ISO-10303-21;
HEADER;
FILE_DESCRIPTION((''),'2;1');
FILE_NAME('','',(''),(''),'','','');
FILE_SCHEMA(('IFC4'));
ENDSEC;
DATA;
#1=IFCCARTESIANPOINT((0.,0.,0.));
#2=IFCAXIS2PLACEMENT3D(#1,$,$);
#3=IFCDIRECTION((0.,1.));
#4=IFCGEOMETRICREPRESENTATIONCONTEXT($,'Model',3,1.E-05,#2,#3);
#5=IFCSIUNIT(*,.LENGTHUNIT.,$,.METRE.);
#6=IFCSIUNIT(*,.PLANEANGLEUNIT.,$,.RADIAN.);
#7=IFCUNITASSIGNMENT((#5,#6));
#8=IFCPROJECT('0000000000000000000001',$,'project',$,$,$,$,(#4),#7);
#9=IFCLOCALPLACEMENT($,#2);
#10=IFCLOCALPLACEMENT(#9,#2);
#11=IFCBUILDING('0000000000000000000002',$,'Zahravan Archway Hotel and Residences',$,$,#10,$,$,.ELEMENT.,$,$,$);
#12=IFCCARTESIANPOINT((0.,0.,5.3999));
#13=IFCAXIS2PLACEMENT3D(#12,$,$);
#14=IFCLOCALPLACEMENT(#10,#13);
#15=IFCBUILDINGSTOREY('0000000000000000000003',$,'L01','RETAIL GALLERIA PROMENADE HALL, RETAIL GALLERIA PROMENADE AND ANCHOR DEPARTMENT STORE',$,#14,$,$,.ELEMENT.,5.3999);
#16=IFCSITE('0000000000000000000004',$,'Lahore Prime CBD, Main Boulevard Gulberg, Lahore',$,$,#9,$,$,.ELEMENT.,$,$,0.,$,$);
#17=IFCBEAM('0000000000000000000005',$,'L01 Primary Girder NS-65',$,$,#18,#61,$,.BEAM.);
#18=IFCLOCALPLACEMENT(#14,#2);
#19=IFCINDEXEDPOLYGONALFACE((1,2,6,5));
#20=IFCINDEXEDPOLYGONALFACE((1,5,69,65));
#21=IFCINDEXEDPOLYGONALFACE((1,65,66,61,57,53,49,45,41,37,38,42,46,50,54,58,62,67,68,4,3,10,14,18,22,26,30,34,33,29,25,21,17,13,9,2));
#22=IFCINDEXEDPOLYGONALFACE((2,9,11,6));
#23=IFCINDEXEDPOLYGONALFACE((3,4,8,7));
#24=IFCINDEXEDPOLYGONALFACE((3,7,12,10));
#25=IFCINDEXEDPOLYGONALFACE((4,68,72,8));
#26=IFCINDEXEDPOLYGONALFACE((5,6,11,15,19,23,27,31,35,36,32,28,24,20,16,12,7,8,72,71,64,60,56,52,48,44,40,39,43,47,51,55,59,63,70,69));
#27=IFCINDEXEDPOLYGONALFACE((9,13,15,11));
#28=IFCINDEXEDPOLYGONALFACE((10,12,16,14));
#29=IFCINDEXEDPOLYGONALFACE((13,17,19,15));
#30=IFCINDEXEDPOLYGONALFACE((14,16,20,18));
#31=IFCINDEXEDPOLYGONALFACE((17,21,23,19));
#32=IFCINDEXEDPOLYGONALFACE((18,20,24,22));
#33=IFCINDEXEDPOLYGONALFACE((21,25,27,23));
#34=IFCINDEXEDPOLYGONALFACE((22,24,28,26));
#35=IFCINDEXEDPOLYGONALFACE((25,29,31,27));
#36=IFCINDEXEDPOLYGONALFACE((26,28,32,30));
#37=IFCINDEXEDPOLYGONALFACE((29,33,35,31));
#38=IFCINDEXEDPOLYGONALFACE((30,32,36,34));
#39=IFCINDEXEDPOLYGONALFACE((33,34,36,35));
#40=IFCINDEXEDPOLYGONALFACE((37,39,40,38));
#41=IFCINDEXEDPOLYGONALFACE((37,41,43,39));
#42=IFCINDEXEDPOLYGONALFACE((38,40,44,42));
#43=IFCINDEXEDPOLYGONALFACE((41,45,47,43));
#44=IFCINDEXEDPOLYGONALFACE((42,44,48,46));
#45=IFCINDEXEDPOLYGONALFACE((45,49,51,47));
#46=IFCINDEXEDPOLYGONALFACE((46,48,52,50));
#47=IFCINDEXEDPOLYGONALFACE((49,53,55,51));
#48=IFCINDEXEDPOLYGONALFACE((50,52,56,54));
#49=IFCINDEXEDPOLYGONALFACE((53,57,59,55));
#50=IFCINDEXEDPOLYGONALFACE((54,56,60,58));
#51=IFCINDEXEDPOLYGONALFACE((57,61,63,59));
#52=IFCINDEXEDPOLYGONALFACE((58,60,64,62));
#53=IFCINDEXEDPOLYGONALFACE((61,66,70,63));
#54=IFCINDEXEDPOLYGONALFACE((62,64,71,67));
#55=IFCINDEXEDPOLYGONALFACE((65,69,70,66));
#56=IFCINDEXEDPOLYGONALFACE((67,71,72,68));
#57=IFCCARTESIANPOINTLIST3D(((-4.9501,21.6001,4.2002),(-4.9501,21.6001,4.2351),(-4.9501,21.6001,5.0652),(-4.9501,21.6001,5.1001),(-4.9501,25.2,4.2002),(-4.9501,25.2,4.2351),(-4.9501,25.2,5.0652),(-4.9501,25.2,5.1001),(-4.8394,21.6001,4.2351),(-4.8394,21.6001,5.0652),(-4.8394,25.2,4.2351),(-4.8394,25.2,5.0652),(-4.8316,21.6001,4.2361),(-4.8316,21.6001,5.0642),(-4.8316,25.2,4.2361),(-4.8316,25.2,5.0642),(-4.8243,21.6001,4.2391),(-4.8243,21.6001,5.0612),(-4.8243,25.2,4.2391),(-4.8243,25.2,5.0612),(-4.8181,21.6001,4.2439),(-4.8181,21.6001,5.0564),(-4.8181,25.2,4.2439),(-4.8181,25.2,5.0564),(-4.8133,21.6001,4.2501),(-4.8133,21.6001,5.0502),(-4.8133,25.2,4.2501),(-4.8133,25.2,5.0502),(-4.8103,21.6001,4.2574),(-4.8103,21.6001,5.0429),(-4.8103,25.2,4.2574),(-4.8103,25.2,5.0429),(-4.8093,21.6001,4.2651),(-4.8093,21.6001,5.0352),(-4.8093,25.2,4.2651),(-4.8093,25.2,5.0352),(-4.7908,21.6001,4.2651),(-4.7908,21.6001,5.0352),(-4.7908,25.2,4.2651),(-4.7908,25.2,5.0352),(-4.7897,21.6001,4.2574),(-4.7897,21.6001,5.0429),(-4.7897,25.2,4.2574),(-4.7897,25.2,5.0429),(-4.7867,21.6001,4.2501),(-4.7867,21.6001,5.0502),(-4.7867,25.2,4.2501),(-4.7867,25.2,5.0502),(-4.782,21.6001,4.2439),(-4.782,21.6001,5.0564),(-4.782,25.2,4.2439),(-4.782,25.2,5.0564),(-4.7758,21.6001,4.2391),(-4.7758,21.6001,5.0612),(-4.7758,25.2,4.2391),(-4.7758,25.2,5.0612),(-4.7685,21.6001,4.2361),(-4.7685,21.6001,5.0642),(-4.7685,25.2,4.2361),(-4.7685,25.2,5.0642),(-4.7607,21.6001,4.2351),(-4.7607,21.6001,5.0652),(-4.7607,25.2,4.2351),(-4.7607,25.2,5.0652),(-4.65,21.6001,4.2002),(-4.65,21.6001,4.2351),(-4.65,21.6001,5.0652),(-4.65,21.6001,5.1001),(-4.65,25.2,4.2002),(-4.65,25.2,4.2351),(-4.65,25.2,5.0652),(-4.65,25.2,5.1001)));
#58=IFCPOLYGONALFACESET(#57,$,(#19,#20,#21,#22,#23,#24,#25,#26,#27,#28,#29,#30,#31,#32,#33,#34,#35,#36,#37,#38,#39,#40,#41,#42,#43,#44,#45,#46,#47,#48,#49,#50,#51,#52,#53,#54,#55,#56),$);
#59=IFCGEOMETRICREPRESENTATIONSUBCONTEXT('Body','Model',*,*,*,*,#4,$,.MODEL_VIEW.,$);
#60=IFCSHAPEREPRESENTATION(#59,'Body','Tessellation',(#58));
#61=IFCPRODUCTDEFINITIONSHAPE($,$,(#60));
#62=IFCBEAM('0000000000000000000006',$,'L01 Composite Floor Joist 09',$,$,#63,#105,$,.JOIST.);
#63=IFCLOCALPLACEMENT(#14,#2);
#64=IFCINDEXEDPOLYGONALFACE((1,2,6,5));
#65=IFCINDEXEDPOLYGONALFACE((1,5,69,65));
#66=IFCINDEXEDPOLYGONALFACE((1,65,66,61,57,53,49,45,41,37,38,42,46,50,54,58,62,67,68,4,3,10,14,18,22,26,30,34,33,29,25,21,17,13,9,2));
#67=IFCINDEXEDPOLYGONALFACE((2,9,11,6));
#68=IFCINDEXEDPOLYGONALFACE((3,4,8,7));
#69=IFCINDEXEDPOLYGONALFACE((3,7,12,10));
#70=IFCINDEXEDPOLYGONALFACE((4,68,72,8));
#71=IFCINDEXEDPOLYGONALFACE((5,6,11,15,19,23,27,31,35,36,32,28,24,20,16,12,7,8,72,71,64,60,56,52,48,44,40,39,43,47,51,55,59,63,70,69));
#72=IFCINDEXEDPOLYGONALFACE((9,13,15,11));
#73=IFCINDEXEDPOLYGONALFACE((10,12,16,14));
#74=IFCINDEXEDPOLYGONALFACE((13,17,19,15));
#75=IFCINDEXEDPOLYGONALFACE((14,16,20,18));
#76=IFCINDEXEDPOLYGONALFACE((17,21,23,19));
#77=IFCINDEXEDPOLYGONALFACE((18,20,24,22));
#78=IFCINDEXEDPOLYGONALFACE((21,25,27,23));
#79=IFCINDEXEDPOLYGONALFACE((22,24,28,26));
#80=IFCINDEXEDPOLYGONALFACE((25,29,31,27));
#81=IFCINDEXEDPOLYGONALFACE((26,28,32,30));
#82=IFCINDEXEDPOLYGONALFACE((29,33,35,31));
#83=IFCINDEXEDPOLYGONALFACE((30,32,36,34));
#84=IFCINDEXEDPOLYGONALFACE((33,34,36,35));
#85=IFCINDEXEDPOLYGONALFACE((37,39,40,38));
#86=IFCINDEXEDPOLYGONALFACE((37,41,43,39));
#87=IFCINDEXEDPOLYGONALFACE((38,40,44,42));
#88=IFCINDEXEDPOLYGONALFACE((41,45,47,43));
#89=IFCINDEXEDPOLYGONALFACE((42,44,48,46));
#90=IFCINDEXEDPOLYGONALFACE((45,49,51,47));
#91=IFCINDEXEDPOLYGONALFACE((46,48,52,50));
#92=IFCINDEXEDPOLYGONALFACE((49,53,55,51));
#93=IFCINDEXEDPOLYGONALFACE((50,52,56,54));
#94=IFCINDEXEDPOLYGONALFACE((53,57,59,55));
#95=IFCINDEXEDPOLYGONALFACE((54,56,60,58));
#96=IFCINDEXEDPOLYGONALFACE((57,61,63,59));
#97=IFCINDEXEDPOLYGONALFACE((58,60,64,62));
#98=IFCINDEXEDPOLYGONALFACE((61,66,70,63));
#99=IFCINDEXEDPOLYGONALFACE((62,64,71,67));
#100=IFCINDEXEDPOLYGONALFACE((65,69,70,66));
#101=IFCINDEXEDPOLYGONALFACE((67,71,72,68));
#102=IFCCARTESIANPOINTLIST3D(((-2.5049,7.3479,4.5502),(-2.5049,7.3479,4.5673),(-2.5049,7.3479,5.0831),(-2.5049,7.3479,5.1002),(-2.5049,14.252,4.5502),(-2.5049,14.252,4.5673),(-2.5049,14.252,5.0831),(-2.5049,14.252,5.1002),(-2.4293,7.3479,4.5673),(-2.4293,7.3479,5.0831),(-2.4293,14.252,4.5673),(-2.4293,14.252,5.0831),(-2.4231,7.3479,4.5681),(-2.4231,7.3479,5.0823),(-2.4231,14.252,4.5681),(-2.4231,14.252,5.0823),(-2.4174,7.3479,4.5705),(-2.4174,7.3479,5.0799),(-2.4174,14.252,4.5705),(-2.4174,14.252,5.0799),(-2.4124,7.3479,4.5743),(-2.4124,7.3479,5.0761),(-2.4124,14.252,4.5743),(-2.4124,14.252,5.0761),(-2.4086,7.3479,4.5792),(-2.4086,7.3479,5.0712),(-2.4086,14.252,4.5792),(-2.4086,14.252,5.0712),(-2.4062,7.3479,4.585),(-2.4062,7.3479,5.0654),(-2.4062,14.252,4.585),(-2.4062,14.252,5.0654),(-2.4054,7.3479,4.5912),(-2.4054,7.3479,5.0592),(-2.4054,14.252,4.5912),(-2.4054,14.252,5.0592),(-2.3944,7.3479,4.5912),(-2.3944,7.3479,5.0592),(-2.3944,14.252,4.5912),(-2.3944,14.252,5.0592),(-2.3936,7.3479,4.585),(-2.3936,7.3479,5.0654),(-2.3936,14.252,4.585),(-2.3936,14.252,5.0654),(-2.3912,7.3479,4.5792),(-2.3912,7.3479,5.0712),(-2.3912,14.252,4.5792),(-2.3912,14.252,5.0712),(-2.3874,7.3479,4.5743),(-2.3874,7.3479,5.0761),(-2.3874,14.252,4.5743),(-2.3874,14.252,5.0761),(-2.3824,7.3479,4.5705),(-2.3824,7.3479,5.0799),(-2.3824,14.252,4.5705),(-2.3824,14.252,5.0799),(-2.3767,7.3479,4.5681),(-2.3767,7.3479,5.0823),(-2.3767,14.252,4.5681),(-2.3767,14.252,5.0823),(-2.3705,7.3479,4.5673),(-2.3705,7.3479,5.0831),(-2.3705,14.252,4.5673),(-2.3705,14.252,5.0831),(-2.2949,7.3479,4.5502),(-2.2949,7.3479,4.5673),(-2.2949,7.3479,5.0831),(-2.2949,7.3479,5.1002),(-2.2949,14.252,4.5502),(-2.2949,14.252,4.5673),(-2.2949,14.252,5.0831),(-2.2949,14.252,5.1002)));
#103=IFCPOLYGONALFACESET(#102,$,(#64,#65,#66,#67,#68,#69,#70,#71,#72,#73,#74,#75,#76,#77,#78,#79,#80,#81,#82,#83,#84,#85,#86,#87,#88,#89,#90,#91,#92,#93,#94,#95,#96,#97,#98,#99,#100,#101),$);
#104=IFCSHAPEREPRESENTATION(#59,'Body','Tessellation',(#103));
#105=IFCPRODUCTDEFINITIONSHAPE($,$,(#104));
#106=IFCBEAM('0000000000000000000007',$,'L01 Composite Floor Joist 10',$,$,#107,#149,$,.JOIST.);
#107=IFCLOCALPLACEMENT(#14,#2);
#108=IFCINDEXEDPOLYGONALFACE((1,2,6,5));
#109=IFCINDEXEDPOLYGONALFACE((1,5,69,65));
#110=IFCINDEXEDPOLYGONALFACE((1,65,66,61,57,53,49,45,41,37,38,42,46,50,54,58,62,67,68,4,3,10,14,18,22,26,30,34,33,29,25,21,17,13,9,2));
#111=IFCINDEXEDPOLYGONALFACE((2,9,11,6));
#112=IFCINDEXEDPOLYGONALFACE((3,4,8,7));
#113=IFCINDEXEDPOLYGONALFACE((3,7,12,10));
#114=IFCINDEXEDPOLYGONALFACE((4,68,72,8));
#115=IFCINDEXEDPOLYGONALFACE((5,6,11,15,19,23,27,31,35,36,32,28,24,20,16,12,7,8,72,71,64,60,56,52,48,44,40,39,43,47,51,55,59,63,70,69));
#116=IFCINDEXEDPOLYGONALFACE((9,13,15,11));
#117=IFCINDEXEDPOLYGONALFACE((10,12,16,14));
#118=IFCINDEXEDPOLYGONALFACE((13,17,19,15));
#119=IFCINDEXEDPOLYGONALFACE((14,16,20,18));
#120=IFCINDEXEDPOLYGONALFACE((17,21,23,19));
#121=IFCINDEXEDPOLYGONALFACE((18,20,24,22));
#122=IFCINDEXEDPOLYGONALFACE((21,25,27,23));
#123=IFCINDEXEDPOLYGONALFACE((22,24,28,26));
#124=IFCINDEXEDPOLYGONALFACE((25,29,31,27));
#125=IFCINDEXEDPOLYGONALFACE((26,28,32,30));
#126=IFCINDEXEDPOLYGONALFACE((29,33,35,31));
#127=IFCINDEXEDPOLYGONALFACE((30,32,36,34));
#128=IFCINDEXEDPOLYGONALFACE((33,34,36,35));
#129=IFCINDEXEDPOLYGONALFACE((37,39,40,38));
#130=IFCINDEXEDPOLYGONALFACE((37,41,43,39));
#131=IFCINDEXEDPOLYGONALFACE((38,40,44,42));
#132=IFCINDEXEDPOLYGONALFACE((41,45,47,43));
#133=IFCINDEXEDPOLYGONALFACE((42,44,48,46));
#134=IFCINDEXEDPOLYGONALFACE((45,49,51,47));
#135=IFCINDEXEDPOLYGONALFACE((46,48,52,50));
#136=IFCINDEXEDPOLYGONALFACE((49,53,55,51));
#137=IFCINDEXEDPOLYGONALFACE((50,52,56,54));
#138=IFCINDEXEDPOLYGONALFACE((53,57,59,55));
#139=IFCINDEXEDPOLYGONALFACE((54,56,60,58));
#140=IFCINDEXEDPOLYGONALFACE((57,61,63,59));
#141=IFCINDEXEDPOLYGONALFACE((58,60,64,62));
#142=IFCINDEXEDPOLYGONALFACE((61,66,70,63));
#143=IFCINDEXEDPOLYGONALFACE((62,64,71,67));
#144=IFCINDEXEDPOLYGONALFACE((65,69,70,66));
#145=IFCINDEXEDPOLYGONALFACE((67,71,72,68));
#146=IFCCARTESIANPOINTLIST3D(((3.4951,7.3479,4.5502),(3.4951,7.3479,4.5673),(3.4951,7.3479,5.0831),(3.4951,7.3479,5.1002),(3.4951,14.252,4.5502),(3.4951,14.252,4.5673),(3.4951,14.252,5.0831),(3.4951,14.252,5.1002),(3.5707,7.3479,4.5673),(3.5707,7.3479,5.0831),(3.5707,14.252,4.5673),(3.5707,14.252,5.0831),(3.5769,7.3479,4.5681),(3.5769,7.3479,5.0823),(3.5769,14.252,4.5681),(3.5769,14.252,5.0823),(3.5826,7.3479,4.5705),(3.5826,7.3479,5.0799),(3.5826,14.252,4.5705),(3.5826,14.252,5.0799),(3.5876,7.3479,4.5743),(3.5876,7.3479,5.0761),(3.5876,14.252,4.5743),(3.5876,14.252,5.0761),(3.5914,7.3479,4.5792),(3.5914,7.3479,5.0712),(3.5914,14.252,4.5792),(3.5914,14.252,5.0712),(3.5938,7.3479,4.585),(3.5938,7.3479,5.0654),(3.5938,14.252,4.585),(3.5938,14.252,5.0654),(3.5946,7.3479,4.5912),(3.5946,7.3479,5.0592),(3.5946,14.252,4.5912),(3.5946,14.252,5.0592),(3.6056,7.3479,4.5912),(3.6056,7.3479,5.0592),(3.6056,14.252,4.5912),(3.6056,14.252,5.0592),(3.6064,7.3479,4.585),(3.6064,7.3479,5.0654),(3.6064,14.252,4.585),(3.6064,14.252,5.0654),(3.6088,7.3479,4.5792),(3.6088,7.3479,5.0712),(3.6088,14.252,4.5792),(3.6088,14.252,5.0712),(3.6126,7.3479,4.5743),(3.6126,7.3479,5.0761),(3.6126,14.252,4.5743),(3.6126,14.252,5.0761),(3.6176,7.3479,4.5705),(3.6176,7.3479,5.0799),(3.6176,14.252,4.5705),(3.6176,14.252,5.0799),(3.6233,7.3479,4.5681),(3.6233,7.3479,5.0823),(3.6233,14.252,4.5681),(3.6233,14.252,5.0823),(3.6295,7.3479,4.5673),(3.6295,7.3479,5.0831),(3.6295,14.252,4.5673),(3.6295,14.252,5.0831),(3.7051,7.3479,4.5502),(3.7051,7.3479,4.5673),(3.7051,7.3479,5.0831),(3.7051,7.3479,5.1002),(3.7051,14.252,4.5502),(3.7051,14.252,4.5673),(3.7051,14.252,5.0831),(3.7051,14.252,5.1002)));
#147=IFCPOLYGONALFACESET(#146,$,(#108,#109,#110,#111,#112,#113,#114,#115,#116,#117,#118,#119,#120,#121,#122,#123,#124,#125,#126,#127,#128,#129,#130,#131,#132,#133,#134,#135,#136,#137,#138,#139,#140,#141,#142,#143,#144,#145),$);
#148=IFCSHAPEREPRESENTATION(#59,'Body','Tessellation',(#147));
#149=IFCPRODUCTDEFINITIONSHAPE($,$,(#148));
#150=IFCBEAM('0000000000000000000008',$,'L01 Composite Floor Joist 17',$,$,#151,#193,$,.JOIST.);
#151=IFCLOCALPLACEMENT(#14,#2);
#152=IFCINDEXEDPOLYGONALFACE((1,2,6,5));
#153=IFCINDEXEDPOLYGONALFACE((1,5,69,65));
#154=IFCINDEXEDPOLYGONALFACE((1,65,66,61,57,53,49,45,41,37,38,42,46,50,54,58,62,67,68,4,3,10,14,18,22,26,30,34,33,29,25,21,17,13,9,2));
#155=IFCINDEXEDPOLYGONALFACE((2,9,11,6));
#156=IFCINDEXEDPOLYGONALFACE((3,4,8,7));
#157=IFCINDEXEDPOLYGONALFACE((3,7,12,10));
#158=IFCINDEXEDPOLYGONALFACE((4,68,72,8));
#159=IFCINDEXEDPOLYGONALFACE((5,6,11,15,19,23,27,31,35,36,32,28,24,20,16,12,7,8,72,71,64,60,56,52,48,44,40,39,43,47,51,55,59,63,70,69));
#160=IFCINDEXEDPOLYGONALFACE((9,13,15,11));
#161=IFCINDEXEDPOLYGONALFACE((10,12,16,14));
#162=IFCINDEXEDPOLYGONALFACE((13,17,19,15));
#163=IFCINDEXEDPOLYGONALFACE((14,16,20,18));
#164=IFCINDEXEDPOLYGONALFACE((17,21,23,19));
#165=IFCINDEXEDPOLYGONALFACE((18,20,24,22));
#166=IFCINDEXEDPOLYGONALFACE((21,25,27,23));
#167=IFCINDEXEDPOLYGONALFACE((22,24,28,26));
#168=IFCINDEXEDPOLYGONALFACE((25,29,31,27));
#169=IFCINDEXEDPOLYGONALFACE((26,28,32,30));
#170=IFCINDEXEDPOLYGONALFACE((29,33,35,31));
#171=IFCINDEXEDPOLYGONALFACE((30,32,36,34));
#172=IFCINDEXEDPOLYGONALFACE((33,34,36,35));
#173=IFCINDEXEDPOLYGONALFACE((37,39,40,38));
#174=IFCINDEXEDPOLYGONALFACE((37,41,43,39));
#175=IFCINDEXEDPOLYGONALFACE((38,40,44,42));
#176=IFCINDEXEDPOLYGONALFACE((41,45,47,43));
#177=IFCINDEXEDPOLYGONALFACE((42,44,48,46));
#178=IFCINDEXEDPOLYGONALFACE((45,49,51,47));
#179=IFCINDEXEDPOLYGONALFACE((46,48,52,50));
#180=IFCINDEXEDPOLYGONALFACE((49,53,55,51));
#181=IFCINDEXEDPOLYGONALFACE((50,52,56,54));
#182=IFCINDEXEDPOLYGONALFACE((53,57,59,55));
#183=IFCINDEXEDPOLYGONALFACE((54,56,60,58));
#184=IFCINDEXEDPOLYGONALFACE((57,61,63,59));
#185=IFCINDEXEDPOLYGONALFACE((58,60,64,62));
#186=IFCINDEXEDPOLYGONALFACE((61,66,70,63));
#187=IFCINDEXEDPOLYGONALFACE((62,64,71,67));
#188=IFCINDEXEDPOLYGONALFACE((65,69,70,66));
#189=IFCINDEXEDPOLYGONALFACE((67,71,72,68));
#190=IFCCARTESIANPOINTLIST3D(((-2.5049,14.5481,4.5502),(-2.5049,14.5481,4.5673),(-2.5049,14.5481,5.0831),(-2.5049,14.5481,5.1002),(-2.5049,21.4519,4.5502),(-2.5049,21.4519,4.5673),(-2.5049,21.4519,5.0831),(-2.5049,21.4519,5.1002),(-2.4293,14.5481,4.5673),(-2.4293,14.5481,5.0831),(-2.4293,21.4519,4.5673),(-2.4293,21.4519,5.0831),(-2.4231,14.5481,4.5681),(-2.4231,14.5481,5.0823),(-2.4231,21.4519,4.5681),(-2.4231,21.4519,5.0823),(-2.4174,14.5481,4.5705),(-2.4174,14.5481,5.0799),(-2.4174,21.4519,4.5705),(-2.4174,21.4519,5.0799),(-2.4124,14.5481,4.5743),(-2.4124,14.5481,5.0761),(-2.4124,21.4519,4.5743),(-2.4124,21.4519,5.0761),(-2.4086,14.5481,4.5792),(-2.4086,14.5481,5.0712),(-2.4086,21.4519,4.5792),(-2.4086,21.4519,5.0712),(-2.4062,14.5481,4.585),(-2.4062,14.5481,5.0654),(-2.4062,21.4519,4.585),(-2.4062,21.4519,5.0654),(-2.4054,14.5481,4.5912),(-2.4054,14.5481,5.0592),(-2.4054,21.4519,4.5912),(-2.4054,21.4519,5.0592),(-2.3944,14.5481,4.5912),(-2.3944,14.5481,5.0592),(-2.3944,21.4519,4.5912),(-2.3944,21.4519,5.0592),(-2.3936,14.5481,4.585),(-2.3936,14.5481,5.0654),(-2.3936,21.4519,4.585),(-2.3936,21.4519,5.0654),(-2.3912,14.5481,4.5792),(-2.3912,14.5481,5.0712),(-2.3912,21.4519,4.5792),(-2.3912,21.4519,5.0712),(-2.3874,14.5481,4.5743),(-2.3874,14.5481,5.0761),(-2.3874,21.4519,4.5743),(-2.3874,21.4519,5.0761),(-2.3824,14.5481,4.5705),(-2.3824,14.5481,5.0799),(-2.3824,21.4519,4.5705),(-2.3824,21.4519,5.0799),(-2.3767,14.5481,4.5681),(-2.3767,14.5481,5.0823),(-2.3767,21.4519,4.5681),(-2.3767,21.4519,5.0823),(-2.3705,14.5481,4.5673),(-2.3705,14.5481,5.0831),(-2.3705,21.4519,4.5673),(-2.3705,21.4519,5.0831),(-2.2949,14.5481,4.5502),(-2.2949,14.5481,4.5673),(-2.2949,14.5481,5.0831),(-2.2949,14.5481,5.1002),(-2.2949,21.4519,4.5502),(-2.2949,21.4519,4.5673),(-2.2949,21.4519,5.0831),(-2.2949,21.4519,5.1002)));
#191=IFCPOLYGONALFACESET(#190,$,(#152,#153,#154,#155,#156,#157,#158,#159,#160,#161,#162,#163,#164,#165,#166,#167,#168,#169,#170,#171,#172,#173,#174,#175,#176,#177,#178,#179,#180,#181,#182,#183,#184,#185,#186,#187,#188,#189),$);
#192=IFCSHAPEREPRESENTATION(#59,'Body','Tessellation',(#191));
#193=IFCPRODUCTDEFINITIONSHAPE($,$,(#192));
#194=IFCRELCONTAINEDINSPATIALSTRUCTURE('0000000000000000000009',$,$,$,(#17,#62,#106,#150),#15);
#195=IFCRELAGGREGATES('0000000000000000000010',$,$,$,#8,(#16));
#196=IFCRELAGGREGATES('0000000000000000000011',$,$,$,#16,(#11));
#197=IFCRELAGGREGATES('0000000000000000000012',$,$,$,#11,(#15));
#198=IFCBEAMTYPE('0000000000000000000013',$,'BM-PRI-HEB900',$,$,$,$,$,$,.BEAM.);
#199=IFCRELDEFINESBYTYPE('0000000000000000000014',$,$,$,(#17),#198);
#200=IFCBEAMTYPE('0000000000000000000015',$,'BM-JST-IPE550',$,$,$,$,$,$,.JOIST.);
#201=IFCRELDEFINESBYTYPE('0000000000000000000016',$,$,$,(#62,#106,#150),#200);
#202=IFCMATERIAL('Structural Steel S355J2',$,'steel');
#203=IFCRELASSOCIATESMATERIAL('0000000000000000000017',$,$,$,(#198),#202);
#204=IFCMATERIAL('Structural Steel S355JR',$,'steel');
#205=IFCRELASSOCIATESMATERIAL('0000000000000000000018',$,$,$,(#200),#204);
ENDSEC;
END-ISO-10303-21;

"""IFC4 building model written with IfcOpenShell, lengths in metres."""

from ifc_helpers import new_model, si_unit, direction, frame, origin, origin_2d, place, context, subcontext, project, spatial, i_section, extrude, source, transform, mapped, material, material_profile, profile_set, type_object, type_shapes, element, save


model = new_model("IFC4")

# Units and contexts
model_context = context("Model", 3, precision=1e-05, world=origin(), true_north=direction((0.0, 1.0)))
body_context = subcontext(model_context, "Body", "Model", "MODEL_VIEW")
ifc_project = project(units=[si_unit("LENGTHUNIT", "METRE"), si_unit("PLANEANGLEUNIT", "RADIAN")], contexts=[model_context])

# Site, building, storey
site_placement = place(None, origin())
site = spatial("IfcSite", under=ifc_project, at=site_placement, Name="Lahore Prime CBD, Main Boulevard Gulberg, Lahore", CompositionType="ELEMENT", RefElevation=0.0)
building_placement = place(site_placement, origin())
building = spatial("IfcBuilding", under=site, at=building_placement, Name="Zahravan Archway Hotel and Residences", CompositionType="ELEMENT")
storey_placement = place(building_placement, frame((0.0, 0.0, 5.3999)))
storey = spatial("IfcBuildingStorey", under=building, at=storey_placement, Name="L01", Description="RETAIL GALLERIA PROMENADE HALL, RETAIL GALLERIA PROMENADE AND ANCHOR DEPARTMENT STORE", CompositionType="ELEMENT", Elevation=5.3999)

# Beams
ifc_material_1 = material(Name="Structural Steel S355J2", Category="steel")
ifc_material_profile_1 = material_profile(ifc_material_1, i_section(OverallWidth=0.3, OverallDepth=0.8999, WebThickness=0.0186, FlangeThickness=0.0349, FilletRadius=0.03, at=origin_2d()), Name="HEB 900", Category="steel")
ifc_profile_set_1 = profile_set([ifc_material_profile_1], Name="Structural Steel S355J2")
beam_type_1 = type_object("IfcBeamType", Name="BM-PRI-HEB900", PredefinedType="BEAM", material=ifc_profile_set_1)
shared_shape_1 = source(origin(), body_context, "Body", "SweptSolid", [
    extrude(i_section(OverallWidth=0.3, OverallDepth=0.8999, WebThickness=0.0186, FlangeThickness=0.0349, FilletRadius=0.03, at=origin_2d()), origin(), (0.0, 0.0, 1.0), 3.5999),
])
beam_placement = place(storey_placement, frame((-4.8, 21.6001, 4.6501), z_axis=(0.0, 1.0, 0.0), x_axis=(-1.0, 0.0, 0.0)))
element("IfcBeam", 1, at=beam_placement, inside=storey, type_object=beam_type_1, Name="L01 Primary Girder NS-65", PredefinedType="BEAM", context=body_context, shape_type="MappedRepresentation", body=[
    mapped(shared_shape_1, transform((0.0, 0.0, 0.0), scale=1.0)),
])
ifc_material_2 = material(Name="Structural Steel S355JR", Category="steel")
ifc_material_profile_2 = material_profile(ifc_material_2, i_section(OverallWidth=0.21, OverallDepth=0.55, WebThickness=0.011, FlangeThickness=0.0171, FilletRadius=0.0239, at=origin_2d()), Name="IPE 550", Category="steel")
ifc_profile_set_2 = profile_set([ifc_material_profile_2], Name="Structural Steel S355JR")
beam_type_2 = type_object("IfcBeamType", Name="BM-JST-IPE550", PredefinedType="JOIST", material=ifc_profile_set_2)
shared_shape_2 = source(origin(), body_context, "Body", "SweptSolid", [
    extrude(i_section(OverallWidth=0.21, OverallDepth=0.55, WebThickness=0.011, FlangeThickness=0.0171, FilletRadius=0.0239, at=origin_2d()), origin(), (0.0, 0.0, 1.0), 6.9041),
])
type_shapes(beam_type_2, [shared_shape_2])
for number, where, z_axis, x_axis, name in (
    (2, (-2.3999, 7.3479, 4.8252), (0.0, 1.0, 0.0), (-1.0, 0.0, 0.0), "L01 Composite Floor Joist 09"),
    (3, (3.6001, 7.3479, 4.8252), (0.0, 1.0, 0.0), (-1.0, 0.0, 0.0), "L01 Composite Floor Joist 10"),
):
    element("IfcBeam", number, at=place(storey_placement, frame(where, z_axis=z_axis, x_axis=x_axis)), inside=storey, type_object=beam_type_2, Name=name, PredefinedType="JOIST", context=body_context, shape_type="MappedRepresentation", body=[
        mapped(shared_shape_2, transform((0.0, 0.0, 0.0), scale=1.0)),
    ])
shared_shape_3 = source(origin(), body_context, "Body", "SweptSolid", [
    extrude(i_section(OverallWidth=0.21, OverallDepth=0.55, WebThickness=0.011, FlangeThickness=0.0171, FilletRadius=0.0239, at=origin_2d()), origin(), (0.0, 0.0, 1.0), 6.9038),
])
for number, where, z_axis, x_axis, name in (
    (4, (-2.3999, 14.5481, 4.8252), (0.0, 1.0, 0.0), (-1.0, 0.0, 0.0), "L01 Composite Floor Joist 17"),
):
    element("IfcBeam", number, at=place(storey_placement, frame(where, z_axis=z_axis, x_axis=x_axis)), inside=storey, type_object=beam_type_2, Name=name, PredefinedType="JOIST", context=body_context, shape_type="MappedRepresentation", body=[
        mapped(shared_shape_3, transform((0.0, 0.0, 0.0), scale=1.0)),
    ])

save(model, "model.ifc")
